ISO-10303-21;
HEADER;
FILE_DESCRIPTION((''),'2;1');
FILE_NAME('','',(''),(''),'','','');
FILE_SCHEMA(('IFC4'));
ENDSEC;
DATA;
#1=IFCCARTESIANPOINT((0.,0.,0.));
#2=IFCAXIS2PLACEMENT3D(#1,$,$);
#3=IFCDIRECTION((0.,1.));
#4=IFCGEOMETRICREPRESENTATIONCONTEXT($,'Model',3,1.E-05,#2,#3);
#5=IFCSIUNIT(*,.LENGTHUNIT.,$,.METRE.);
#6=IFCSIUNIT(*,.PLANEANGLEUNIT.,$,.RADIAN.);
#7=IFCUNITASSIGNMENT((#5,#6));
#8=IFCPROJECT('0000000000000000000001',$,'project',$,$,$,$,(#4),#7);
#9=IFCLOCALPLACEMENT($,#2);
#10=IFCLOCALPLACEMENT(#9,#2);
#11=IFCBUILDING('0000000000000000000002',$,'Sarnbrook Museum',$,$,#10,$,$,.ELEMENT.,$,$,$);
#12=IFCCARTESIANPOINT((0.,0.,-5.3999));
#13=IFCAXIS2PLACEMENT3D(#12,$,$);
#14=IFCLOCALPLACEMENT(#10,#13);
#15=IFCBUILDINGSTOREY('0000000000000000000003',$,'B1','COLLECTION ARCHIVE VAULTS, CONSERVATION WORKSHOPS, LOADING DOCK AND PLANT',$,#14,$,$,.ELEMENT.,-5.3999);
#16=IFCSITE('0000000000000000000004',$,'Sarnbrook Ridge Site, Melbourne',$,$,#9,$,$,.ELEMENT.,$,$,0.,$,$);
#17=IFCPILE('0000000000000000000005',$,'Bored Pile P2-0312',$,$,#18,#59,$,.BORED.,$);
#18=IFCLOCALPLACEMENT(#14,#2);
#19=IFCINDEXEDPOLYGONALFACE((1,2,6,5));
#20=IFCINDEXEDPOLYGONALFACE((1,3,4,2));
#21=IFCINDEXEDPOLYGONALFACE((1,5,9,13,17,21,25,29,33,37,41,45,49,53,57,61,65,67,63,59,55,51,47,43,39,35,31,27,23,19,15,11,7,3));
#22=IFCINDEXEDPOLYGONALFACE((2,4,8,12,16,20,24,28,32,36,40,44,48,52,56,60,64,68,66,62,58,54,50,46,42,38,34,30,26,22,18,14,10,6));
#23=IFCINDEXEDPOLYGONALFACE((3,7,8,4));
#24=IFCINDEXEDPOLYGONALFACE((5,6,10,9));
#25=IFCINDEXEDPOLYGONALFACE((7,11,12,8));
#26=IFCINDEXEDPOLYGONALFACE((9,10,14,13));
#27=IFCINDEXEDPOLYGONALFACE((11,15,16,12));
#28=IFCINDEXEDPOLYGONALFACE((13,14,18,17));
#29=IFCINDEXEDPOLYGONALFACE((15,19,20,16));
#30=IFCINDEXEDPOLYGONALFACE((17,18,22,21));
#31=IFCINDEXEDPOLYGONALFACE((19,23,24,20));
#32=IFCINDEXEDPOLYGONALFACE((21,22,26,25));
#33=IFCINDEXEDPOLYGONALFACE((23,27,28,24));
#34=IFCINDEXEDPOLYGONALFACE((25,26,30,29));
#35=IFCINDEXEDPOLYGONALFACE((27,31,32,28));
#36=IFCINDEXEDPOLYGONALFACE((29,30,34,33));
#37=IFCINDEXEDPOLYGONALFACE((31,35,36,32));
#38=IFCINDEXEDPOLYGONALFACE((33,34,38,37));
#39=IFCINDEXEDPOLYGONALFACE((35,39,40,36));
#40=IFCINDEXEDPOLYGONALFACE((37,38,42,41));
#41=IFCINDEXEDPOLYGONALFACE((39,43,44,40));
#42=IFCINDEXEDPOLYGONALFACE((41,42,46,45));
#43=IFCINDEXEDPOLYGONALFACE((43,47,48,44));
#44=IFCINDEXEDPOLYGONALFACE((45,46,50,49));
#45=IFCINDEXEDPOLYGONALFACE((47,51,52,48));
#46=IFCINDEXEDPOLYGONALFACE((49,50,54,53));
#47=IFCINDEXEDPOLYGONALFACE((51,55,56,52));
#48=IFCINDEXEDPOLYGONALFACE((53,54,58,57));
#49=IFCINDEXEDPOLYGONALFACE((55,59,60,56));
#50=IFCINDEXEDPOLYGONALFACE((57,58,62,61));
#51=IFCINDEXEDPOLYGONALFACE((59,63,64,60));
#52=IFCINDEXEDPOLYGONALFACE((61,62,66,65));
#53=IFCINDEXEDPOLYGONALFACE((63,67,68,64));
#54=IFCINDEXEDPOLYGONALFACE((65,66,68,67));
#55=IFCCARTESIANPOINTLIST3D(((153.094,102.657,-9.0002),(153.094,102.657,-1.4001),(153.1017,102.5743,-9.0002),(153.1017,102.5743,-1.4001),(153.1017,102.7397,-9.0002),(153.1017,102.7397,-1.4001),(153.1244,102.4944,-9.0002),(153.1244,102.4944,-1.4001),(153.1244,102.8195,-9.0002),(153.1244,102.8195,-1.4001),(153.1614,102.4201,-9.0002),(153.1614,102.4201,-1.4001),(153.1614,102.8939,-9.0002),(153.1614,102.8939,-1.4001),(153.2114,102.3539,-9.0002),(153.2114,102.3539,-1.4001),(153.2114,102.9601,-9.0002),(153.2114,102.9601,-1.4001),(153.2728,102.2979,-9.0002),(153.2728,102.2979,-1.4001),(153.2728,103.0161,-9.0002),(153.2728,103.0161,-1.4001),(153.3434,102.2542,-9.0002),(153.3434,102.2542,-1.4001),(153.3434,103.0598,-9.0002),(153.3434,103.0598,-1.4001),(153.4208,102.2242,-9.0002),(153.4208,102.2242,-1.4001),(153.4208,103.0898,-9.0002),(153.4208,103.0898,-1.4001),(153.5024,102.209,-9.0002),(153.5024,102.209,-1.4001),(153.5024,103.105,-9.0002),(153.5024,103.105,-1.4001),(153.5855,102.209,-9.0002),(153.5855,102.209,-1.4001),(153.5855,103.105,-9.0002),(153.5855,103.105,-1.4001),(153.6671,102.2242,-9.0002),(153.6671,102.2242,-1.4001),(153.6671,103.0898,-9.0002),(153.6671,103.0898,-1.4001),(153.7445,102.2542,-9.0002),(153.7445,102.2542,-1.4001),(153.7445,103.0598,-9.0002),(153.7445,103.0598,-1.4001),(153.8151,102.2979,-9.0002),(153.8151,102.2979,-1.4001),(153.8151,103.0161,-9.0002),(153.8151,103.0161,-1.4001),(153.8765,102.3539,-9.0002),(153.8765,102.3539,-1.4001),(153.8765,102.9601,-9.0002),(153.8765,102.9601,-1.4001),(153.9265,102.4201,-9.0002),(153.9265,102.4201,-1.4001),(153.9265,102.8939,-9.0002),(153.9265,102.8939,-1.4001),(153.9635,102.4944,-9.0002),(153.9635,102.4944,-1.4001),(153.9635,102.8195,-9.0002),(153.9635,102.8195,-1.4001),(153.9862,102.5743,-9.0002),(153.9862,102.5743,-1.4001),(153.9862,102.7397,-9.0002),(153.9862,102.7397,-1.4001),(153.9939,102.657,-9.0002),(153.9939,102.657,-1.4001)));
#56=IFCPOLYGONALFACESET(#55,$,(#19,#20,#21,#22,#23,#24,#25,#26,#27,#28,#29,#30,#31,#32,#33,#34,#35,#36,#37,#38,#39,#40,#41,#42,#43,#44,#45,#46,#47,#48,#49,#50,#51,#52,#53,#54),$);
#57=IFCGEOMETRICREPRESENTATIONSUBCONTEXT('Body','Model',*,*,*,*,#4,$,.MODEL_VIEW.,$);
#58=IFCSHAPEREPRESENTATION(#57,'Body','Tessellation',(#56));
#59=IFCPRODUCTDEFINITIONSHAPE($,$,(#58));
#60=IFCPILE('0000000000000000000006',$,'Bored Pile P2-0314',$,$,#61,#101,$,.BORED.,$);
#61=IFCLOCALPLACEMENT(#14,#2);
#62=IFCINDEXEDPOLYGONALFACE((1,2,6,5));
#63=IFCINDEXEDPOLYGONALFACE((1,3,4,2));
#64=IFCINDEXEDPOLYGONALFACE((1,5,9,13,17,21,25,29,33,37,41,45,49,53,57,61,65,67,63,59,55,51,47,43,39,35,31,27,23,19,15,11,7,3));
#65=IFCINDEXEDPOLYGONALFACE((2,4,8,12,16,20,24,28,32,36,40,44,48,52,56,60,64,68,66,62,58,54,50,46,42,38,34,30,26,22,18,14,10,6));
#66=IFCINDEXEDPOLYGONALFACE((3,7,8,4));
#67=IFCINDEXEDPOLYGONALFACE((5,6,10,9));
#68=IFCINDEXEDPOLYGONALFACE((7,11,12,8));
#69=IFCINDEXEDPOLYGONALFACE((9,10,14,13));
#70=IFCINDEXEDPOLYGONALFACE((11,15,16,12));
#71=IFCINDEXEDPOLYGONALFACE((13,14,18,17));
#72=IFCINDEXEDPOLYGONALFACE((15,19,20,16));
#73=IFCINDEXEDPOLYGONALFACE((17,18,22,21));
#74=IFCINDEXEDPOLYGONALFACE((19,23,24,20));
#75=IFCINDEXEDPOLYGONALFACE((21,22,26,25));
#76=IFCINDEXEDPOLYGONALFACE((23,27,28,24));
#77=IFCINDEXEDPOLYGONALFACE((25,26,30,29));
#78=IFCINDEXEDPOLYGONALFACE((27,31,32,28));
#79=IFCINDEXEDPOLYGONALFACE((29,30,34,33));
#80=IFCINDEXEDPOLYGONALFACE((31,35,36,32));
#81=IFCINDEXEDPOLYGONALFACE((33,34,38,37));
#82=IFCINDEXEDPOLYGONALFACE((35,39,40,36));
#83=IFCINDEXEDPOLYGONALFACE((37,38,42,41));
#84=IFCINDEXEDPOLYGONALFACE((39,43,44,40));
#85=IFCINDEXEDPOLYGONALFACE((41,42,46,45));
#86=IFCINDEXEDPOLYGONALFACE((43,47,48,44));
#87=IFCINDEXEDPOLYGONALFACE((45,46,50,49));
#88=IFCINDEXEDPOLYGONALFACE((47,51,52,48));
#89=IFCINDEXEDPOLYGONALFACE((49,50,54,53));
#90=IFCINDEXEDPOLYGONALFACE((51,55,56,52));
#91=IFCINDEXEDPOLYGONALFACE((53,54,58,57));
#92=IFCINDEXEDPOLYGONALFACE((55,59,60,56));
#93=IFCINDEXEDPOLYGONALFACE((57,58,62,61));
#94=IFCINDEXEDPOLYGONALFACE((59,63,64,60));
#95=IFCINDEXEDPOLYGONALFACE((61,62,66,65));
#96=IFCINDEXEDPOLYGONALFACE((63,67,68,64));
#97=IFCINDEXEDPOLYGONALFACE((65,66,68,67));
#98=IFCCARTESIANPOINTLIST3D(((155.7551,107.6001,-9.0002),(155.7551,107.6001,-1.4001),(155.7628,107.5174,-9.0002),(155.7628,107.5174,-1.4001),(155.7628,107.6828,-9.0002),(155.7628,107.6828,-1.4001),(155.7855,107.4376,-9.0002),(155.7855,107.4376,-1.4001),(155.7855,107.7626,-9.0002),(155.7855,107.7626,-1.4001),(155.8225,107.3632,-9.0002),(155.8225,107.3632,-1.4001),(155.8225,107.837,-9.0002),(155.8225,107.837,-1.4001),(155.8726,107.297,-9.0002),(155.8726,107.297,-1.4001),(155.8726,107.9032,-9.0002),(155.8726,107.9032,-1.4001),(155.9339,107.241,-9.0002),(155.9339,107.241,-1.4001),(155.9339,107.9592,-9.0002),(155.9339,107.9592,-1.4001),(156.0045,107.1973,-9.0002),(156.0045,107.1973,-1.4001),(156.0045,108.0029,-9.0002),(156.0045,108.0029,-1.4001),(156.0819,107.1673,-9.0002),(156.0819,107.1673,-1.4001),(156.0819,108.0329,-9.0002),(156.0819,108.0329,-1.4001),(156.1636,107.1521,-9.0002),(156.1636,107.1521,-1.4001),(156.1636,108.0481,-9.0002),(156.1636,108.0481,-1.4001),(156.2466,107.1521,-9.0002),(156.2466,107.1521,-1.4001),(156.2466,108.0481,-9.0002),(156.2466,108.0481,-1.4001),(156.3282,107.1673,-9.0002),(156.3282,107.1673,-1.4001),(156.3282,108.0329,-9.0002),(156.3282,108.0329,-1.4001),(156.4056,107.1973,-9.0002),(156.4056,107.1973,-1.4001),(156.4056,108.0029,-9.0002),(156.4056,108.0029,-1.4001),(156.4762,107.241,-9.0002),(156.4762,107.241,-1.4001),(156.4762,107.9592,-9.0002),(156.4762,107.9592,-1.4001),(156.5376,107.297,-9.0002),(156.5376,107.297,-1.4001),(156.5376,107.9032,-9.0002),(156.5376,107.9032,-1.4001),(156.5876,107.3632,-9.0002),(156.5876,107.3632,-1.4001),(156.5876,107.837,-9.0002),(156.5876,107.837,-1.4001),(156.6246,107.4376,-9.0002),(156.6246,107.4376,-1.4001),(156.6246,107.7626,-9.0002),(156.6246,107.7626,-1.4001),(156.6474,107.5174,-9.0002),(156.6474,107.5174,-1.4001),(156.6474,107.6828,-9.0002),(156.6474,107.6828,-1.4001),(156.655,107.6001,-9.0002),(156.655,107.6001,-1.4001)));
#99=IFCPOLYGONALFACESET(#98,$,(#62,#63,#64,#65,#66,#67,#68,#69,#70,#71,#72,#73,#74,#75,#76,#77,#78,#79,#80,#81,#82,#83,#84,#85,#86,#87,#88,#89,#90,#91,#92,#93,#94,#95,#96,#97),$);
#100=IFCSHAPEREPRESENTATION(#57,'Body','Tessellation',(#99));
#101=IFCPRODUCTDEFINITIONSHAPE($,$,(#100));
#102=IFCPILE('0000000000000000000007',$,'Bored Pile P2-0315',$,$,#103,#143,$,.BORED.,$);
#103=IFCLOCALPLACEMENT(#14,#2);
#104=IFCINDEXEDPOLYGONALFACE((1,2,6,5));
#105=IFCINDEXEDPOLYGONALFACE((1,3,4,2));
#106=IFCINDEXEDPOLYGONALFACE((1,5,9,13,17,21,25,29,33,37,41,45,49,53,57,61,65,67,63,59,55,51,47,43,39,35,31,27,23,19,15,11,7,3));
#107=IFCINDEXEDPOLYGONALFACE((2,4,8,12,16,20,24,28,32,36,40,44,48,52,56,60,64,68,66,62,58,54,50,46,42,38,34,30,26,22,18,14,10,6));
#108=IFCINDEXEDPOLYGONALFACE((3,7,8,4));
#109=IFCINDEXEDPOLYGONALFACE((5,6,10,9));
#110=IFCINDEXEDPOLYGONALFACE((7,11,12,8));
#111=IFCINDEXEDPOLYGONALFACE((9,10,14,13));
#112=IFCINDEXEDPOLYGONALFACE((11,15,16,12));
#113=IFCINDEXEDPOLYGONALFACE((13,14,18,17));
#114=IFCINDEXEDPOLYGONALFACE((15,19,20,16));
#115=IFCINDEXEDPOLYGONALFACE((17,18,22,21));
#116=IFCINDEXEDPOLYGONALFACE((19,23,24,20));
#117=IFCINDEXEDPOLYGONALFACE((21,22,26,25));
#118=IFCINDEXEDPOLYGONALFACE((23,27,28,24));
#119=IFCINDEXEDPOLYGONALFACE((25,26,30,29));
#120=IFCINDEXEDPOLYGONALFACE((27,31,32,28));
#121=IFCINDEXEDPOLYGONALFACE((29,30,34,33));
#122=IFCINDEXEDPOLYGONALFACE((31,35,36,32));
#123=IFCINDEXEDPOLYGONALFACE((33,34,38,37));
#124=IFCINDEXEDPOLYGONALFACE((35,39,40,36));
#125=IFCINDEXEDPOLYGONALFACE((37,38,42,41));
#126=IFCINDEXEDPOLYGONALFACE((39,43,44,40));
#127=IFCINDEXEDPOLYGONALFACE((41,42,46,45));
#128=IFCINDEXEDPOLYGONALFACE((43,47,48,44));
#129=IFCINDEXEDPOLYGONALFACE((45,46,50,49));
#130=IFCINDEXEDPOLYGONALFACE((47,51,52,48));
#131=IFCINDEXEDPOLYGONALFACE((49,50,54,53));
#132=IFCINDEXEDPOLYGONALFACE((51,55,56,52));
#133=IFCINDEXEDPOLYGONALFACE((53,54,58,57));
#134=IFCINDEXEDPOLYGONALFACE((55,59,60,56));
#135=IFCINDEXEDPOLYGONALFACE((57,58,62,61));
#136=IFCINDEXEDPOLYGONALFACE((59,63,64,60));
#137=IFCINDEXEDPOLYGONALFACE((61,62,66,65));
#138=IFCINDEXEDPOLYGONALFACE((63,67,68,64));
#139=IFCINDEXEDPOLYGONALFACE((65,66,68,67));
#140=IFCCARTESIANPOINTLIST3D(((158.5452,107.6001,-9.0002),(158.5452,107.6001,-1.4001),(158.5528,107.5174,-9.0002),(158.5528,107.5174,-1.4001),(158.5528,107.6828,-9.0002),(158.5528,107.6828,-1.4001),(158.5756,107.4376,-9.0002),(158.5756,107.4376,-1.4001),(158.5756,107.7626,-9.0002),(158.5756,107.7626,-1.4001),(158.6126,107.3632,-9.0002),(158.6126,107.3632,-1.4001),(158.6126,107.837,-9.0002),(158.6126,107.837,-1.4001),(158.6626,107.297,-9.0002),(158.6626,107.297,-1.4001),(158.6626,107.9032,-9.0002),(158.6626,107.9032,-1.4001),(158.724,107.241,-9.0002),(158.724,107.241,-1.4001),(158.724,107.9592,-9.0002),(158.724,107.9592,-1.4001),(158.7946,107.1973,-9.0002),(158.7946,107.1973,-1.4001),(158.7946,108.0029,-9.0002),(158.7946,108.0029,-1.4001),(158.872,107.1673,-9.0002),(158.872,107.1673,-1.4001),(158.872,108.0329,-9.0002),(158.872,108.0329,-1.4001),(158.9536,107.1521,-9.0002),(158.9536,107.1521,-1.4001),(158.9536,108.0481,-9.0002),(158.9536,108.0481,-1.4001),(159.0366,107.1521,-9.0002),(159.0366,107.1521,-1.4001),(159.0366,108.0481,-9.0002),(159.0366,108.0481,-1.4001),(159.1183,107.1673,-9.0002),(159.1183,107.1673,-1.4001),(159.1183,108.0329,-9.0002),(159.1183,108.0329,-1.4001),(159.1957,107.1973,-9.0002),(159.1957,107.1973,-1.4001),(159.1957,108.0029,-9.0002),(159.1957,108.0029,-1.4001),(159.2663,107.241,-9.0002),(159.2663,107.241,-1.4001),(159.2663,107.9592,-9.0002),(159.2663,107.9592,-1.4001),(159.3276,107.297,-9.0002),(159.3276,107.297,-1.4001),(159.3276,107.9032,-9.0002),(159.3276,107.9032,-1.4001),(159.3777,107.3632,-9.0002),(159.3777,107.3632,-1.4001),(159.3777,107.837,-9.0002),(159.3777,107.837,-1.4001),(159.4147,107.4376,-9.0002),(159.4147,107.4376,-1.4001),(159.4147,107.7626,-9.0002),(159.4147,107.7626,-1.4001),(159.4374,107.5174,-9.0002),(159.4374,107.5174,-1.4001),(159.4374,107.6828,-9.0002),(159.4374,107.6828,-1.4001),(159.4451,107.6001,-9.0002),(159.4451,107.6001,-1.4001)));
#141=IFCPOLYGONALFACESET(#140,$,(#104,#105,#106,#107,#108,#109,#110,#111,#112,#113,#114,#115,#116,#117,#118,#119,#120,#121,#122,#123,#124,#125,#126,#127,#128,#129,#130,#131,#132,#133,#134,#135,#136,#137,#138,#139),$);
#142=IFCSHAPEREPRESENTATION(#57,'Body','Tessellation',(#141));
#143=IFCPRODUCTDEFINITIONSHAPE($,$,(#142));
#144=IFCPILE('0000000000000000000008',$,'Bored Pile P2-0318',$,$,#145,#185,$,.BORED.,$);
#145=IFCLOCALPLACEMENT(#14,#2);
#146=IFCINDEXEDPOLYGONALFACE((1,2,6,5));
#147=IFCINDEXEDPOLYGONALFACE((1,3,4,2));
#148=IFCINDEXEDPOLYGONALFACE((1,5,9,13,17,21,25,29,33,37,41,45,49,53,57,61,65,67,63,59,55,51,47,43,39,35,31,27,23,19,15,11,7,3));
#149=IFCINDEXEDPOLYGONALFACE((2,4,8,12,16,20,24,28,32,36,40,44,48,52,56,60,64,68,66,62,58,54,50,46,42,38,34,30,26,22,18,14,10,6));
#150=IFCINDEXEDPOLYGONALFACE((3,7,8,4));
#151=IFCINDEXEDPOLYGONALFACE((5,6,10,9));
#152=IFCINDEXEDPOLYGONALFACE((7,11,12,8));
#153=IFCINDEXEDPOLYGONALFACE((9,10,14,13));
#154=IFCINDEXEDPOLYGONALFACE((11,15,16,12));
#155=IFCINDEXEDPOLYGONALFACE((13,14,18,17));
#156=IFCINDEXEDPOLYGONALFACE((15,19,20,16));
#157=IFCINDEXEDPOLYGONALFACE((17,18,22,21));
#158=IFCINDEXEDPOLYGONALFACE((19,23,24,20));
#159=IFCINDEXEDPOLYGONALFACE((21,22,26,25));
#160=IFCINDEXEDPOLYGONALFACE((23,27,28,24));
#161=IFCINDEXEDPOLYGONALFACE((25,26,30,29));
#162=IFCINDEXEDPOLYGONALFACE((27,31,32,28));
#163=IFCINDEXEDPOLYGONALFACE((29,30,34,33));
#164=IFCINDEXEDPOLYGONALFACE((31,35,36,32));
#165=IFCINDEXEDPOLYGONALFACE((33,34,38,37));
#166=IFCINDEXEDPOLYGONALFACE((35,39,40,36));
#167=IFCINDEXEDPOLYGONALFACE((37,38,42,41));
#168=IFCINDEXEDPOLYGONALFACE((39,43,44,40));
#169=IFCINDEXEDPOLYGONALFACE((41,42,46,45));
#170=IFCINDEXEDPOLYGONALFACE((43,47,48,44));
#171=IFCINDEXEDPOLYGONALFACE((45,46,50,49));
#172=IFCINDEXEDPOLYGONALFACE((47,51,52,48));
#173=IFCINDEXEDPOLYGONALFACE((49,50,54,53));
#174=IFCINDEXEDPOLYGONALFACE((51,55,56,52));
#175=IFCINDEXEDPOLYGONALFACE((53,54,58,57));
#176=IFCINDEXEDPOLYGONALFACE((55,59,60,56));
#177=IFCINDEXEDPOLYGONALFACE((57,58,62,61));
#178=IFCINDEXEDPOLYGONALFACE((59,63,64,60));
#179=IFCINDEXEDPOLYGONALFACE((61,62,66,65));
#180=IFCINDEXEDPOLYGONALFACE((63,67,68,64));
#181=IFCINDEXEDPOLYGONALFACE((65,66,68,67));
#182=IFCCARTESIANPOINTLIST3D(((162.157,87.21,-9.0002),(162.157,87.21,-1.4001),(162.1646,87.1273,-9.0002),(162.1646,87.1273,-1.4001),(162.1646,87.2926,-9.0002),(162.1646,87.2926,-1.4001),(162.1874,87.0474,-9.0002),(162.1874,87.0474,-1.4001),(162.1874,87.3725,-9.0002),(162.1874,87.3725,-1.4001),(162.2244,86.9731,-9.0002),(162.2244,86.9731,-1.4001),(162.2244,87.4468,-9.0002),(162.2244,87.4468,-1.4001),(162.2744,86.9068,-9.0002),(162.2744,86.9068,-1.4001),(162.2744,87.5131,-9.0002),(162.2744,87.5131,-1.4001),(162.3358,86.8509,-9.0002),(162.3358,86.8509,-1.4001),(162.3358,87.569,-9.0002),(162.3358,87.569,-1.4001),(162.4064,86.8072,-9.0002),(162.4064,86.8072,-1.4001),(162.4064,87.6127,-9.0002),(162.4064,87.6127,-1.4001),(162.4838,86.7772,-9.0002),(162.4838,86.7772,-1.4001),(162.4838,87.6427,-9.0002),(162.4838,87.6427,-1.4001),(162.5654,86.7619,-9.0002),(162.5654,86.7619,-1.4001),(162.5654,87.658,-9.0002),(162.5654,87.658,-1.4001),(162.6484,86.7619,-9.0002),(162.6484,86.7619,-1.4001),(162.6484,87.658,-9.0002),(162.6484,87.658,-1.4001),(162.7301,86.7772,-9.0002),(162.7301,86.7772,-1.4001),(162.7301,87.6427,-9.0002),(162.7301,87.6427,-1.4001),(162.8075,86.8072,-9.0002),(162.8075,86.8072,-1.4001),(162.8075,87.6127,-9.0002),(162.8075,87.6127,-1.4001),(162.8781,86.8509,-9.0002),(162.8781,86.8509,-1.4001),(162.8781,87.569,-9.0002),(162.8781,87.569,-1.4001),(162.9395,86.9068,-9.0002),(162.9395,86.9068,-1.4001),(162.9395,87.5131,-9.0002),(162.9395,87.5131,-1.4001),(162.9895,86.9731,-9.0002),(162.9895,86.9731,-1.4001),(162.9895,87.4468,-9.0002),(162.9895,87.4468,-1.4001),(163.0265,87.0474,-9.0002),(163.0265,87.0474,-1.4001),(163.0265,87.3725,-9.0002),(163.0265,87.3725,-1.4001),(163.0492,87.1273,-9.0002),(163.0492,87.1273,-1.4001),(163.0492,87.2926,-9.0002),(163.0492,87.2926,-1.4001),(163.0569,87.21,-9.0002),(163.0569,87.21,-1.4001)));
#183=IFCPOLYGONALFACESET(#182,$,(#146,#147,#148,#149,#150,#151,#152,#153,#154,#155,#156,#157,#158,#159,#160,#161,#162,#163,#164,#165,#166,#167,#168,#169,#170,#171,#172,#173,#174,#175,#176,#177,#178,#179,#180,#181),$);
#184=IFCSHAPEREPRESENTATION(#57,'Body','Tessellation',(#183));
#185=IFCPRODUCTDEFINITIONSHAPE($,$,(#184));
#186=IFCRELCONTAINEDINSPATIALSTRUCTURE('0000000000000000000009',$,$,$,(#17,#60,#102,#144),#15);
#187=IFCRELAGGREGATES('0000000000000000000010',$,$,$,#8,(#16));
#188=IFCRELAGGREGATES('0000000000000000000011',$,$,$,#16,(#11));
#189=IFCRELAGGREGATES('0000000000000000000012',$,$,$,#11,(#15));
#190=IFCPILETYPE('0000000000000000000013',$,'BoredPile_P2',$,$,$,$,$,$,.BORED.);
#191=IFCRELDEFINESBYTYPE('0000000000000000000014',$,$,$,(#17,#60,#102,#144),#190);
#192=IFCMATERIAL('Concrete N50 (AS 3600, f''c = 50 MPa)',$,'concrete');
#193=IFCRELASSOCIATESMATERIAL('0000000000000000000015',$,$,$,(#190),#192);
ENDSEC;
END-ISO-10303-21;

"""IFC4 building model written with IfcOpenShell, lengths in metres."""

from ifc_helpers import new_model, si_unit, direction, frame, origin, origin_2d, place, context, subcontext, project, spatial, circle, extrude, material, material_profile, profile_set, type_object, element, save


model = new_model("IFC4")

# Units and contexts
model_context = context("Model", 3, precision=1e-05, world=origin(), true_north=direction((0.0, 1.0)))
body_context = subcontext(model_context, "Body", "Model", "MODEL_VIEW")
ifc_project = project(units=[si_unit("LENGTHUNIT", "METRE"), si_unit("PLANEANGLEUNIT", "RADIAN")], contexts=[model_context])

# Site, building, storey
site_placement = place(None, origin())
site = spatial("IfcSite", under=ifc_project, at=site_placement, Name="Sarnbrook Ridge Site, Melbourne", CompositionType="ELEMENT", RefElevation=0.0)
building_placement = place(site_placement, origin())
building = spatial("IfcBuilding", under=site, at=building_placement, Name="Sarnbrook Museum", CompositionType="ELEMENT")
storey_placement = place(building_placement, frame((0.0, 0.0, -5.3999)))
storey = spatial("IfcBuildingStorey", under=building, at=storey_placement, Name="B1", Description="COLLECTION ARCHIVE VAULTS, CONSERVATION WORKSHOPS, LOADING DOCK AND PLANT", CompositionType="ELEMENT", Elevation=-5.3999)

# Piles
ifc_material_1 = material(Name="Concrete N50 (AS 3600, f'c = 50 MPa)", Category="concrete")
ifc_material_profile_1 = material_profile(ifc_material_1, circle(Radius=0.45, at=origin_2d()), Name="BORED PILE D900")
ifc_profile_set_1 = profile_set([ifc_material_profile_1], Name="Concrete N50 (AS 3600, f'c = 50 MPa)")
pile_type = type_object("IfcPileType", Name="BoredPile_P2", PredefinedType="BORED", material=ifc_profile_set_1)
for number, where, z_axis, x_axis, name in (
    (1, (153.5439, 102.657, -1.4001), (0.0, 0.0, -1.0), (1.0, 0.0, 0.0), "Bored Pile P2-0312"),
    (2, (156.2051, 107.6001, -1.4001), (0.0, 0.0, -1.0), (1.0, 0.0, 0.0), "Bored Pile P2-0314"),
    (3, (158.9951, 107.6001, -1.4001), (0.0, 0.0, -1.0), (1.0, 0.0, 0.0), "Bored Pile P2-0315"),
    (4, (162.6069, 87.21, -1.4001), (0.0, 0.0, -1.0), (1.0, 0.0, 0.0), "Bored Pile P2-0318"),
):
    element("IfcPile", number, at=place(storey_placement, frame(where, z_axis=z_axis, x_axis=x_axis)), inside=storey, type_object=pile_type, Name=name, PredefinedType="BORED", context=body_context, shape_type="SweptSolid", body=[
        extrude(circle(Radius=0.45, at=origin_2d()), origin(), (0.0, 0.0, 1.0), 7.6001),
    ])

save(model, "model.ifc")
